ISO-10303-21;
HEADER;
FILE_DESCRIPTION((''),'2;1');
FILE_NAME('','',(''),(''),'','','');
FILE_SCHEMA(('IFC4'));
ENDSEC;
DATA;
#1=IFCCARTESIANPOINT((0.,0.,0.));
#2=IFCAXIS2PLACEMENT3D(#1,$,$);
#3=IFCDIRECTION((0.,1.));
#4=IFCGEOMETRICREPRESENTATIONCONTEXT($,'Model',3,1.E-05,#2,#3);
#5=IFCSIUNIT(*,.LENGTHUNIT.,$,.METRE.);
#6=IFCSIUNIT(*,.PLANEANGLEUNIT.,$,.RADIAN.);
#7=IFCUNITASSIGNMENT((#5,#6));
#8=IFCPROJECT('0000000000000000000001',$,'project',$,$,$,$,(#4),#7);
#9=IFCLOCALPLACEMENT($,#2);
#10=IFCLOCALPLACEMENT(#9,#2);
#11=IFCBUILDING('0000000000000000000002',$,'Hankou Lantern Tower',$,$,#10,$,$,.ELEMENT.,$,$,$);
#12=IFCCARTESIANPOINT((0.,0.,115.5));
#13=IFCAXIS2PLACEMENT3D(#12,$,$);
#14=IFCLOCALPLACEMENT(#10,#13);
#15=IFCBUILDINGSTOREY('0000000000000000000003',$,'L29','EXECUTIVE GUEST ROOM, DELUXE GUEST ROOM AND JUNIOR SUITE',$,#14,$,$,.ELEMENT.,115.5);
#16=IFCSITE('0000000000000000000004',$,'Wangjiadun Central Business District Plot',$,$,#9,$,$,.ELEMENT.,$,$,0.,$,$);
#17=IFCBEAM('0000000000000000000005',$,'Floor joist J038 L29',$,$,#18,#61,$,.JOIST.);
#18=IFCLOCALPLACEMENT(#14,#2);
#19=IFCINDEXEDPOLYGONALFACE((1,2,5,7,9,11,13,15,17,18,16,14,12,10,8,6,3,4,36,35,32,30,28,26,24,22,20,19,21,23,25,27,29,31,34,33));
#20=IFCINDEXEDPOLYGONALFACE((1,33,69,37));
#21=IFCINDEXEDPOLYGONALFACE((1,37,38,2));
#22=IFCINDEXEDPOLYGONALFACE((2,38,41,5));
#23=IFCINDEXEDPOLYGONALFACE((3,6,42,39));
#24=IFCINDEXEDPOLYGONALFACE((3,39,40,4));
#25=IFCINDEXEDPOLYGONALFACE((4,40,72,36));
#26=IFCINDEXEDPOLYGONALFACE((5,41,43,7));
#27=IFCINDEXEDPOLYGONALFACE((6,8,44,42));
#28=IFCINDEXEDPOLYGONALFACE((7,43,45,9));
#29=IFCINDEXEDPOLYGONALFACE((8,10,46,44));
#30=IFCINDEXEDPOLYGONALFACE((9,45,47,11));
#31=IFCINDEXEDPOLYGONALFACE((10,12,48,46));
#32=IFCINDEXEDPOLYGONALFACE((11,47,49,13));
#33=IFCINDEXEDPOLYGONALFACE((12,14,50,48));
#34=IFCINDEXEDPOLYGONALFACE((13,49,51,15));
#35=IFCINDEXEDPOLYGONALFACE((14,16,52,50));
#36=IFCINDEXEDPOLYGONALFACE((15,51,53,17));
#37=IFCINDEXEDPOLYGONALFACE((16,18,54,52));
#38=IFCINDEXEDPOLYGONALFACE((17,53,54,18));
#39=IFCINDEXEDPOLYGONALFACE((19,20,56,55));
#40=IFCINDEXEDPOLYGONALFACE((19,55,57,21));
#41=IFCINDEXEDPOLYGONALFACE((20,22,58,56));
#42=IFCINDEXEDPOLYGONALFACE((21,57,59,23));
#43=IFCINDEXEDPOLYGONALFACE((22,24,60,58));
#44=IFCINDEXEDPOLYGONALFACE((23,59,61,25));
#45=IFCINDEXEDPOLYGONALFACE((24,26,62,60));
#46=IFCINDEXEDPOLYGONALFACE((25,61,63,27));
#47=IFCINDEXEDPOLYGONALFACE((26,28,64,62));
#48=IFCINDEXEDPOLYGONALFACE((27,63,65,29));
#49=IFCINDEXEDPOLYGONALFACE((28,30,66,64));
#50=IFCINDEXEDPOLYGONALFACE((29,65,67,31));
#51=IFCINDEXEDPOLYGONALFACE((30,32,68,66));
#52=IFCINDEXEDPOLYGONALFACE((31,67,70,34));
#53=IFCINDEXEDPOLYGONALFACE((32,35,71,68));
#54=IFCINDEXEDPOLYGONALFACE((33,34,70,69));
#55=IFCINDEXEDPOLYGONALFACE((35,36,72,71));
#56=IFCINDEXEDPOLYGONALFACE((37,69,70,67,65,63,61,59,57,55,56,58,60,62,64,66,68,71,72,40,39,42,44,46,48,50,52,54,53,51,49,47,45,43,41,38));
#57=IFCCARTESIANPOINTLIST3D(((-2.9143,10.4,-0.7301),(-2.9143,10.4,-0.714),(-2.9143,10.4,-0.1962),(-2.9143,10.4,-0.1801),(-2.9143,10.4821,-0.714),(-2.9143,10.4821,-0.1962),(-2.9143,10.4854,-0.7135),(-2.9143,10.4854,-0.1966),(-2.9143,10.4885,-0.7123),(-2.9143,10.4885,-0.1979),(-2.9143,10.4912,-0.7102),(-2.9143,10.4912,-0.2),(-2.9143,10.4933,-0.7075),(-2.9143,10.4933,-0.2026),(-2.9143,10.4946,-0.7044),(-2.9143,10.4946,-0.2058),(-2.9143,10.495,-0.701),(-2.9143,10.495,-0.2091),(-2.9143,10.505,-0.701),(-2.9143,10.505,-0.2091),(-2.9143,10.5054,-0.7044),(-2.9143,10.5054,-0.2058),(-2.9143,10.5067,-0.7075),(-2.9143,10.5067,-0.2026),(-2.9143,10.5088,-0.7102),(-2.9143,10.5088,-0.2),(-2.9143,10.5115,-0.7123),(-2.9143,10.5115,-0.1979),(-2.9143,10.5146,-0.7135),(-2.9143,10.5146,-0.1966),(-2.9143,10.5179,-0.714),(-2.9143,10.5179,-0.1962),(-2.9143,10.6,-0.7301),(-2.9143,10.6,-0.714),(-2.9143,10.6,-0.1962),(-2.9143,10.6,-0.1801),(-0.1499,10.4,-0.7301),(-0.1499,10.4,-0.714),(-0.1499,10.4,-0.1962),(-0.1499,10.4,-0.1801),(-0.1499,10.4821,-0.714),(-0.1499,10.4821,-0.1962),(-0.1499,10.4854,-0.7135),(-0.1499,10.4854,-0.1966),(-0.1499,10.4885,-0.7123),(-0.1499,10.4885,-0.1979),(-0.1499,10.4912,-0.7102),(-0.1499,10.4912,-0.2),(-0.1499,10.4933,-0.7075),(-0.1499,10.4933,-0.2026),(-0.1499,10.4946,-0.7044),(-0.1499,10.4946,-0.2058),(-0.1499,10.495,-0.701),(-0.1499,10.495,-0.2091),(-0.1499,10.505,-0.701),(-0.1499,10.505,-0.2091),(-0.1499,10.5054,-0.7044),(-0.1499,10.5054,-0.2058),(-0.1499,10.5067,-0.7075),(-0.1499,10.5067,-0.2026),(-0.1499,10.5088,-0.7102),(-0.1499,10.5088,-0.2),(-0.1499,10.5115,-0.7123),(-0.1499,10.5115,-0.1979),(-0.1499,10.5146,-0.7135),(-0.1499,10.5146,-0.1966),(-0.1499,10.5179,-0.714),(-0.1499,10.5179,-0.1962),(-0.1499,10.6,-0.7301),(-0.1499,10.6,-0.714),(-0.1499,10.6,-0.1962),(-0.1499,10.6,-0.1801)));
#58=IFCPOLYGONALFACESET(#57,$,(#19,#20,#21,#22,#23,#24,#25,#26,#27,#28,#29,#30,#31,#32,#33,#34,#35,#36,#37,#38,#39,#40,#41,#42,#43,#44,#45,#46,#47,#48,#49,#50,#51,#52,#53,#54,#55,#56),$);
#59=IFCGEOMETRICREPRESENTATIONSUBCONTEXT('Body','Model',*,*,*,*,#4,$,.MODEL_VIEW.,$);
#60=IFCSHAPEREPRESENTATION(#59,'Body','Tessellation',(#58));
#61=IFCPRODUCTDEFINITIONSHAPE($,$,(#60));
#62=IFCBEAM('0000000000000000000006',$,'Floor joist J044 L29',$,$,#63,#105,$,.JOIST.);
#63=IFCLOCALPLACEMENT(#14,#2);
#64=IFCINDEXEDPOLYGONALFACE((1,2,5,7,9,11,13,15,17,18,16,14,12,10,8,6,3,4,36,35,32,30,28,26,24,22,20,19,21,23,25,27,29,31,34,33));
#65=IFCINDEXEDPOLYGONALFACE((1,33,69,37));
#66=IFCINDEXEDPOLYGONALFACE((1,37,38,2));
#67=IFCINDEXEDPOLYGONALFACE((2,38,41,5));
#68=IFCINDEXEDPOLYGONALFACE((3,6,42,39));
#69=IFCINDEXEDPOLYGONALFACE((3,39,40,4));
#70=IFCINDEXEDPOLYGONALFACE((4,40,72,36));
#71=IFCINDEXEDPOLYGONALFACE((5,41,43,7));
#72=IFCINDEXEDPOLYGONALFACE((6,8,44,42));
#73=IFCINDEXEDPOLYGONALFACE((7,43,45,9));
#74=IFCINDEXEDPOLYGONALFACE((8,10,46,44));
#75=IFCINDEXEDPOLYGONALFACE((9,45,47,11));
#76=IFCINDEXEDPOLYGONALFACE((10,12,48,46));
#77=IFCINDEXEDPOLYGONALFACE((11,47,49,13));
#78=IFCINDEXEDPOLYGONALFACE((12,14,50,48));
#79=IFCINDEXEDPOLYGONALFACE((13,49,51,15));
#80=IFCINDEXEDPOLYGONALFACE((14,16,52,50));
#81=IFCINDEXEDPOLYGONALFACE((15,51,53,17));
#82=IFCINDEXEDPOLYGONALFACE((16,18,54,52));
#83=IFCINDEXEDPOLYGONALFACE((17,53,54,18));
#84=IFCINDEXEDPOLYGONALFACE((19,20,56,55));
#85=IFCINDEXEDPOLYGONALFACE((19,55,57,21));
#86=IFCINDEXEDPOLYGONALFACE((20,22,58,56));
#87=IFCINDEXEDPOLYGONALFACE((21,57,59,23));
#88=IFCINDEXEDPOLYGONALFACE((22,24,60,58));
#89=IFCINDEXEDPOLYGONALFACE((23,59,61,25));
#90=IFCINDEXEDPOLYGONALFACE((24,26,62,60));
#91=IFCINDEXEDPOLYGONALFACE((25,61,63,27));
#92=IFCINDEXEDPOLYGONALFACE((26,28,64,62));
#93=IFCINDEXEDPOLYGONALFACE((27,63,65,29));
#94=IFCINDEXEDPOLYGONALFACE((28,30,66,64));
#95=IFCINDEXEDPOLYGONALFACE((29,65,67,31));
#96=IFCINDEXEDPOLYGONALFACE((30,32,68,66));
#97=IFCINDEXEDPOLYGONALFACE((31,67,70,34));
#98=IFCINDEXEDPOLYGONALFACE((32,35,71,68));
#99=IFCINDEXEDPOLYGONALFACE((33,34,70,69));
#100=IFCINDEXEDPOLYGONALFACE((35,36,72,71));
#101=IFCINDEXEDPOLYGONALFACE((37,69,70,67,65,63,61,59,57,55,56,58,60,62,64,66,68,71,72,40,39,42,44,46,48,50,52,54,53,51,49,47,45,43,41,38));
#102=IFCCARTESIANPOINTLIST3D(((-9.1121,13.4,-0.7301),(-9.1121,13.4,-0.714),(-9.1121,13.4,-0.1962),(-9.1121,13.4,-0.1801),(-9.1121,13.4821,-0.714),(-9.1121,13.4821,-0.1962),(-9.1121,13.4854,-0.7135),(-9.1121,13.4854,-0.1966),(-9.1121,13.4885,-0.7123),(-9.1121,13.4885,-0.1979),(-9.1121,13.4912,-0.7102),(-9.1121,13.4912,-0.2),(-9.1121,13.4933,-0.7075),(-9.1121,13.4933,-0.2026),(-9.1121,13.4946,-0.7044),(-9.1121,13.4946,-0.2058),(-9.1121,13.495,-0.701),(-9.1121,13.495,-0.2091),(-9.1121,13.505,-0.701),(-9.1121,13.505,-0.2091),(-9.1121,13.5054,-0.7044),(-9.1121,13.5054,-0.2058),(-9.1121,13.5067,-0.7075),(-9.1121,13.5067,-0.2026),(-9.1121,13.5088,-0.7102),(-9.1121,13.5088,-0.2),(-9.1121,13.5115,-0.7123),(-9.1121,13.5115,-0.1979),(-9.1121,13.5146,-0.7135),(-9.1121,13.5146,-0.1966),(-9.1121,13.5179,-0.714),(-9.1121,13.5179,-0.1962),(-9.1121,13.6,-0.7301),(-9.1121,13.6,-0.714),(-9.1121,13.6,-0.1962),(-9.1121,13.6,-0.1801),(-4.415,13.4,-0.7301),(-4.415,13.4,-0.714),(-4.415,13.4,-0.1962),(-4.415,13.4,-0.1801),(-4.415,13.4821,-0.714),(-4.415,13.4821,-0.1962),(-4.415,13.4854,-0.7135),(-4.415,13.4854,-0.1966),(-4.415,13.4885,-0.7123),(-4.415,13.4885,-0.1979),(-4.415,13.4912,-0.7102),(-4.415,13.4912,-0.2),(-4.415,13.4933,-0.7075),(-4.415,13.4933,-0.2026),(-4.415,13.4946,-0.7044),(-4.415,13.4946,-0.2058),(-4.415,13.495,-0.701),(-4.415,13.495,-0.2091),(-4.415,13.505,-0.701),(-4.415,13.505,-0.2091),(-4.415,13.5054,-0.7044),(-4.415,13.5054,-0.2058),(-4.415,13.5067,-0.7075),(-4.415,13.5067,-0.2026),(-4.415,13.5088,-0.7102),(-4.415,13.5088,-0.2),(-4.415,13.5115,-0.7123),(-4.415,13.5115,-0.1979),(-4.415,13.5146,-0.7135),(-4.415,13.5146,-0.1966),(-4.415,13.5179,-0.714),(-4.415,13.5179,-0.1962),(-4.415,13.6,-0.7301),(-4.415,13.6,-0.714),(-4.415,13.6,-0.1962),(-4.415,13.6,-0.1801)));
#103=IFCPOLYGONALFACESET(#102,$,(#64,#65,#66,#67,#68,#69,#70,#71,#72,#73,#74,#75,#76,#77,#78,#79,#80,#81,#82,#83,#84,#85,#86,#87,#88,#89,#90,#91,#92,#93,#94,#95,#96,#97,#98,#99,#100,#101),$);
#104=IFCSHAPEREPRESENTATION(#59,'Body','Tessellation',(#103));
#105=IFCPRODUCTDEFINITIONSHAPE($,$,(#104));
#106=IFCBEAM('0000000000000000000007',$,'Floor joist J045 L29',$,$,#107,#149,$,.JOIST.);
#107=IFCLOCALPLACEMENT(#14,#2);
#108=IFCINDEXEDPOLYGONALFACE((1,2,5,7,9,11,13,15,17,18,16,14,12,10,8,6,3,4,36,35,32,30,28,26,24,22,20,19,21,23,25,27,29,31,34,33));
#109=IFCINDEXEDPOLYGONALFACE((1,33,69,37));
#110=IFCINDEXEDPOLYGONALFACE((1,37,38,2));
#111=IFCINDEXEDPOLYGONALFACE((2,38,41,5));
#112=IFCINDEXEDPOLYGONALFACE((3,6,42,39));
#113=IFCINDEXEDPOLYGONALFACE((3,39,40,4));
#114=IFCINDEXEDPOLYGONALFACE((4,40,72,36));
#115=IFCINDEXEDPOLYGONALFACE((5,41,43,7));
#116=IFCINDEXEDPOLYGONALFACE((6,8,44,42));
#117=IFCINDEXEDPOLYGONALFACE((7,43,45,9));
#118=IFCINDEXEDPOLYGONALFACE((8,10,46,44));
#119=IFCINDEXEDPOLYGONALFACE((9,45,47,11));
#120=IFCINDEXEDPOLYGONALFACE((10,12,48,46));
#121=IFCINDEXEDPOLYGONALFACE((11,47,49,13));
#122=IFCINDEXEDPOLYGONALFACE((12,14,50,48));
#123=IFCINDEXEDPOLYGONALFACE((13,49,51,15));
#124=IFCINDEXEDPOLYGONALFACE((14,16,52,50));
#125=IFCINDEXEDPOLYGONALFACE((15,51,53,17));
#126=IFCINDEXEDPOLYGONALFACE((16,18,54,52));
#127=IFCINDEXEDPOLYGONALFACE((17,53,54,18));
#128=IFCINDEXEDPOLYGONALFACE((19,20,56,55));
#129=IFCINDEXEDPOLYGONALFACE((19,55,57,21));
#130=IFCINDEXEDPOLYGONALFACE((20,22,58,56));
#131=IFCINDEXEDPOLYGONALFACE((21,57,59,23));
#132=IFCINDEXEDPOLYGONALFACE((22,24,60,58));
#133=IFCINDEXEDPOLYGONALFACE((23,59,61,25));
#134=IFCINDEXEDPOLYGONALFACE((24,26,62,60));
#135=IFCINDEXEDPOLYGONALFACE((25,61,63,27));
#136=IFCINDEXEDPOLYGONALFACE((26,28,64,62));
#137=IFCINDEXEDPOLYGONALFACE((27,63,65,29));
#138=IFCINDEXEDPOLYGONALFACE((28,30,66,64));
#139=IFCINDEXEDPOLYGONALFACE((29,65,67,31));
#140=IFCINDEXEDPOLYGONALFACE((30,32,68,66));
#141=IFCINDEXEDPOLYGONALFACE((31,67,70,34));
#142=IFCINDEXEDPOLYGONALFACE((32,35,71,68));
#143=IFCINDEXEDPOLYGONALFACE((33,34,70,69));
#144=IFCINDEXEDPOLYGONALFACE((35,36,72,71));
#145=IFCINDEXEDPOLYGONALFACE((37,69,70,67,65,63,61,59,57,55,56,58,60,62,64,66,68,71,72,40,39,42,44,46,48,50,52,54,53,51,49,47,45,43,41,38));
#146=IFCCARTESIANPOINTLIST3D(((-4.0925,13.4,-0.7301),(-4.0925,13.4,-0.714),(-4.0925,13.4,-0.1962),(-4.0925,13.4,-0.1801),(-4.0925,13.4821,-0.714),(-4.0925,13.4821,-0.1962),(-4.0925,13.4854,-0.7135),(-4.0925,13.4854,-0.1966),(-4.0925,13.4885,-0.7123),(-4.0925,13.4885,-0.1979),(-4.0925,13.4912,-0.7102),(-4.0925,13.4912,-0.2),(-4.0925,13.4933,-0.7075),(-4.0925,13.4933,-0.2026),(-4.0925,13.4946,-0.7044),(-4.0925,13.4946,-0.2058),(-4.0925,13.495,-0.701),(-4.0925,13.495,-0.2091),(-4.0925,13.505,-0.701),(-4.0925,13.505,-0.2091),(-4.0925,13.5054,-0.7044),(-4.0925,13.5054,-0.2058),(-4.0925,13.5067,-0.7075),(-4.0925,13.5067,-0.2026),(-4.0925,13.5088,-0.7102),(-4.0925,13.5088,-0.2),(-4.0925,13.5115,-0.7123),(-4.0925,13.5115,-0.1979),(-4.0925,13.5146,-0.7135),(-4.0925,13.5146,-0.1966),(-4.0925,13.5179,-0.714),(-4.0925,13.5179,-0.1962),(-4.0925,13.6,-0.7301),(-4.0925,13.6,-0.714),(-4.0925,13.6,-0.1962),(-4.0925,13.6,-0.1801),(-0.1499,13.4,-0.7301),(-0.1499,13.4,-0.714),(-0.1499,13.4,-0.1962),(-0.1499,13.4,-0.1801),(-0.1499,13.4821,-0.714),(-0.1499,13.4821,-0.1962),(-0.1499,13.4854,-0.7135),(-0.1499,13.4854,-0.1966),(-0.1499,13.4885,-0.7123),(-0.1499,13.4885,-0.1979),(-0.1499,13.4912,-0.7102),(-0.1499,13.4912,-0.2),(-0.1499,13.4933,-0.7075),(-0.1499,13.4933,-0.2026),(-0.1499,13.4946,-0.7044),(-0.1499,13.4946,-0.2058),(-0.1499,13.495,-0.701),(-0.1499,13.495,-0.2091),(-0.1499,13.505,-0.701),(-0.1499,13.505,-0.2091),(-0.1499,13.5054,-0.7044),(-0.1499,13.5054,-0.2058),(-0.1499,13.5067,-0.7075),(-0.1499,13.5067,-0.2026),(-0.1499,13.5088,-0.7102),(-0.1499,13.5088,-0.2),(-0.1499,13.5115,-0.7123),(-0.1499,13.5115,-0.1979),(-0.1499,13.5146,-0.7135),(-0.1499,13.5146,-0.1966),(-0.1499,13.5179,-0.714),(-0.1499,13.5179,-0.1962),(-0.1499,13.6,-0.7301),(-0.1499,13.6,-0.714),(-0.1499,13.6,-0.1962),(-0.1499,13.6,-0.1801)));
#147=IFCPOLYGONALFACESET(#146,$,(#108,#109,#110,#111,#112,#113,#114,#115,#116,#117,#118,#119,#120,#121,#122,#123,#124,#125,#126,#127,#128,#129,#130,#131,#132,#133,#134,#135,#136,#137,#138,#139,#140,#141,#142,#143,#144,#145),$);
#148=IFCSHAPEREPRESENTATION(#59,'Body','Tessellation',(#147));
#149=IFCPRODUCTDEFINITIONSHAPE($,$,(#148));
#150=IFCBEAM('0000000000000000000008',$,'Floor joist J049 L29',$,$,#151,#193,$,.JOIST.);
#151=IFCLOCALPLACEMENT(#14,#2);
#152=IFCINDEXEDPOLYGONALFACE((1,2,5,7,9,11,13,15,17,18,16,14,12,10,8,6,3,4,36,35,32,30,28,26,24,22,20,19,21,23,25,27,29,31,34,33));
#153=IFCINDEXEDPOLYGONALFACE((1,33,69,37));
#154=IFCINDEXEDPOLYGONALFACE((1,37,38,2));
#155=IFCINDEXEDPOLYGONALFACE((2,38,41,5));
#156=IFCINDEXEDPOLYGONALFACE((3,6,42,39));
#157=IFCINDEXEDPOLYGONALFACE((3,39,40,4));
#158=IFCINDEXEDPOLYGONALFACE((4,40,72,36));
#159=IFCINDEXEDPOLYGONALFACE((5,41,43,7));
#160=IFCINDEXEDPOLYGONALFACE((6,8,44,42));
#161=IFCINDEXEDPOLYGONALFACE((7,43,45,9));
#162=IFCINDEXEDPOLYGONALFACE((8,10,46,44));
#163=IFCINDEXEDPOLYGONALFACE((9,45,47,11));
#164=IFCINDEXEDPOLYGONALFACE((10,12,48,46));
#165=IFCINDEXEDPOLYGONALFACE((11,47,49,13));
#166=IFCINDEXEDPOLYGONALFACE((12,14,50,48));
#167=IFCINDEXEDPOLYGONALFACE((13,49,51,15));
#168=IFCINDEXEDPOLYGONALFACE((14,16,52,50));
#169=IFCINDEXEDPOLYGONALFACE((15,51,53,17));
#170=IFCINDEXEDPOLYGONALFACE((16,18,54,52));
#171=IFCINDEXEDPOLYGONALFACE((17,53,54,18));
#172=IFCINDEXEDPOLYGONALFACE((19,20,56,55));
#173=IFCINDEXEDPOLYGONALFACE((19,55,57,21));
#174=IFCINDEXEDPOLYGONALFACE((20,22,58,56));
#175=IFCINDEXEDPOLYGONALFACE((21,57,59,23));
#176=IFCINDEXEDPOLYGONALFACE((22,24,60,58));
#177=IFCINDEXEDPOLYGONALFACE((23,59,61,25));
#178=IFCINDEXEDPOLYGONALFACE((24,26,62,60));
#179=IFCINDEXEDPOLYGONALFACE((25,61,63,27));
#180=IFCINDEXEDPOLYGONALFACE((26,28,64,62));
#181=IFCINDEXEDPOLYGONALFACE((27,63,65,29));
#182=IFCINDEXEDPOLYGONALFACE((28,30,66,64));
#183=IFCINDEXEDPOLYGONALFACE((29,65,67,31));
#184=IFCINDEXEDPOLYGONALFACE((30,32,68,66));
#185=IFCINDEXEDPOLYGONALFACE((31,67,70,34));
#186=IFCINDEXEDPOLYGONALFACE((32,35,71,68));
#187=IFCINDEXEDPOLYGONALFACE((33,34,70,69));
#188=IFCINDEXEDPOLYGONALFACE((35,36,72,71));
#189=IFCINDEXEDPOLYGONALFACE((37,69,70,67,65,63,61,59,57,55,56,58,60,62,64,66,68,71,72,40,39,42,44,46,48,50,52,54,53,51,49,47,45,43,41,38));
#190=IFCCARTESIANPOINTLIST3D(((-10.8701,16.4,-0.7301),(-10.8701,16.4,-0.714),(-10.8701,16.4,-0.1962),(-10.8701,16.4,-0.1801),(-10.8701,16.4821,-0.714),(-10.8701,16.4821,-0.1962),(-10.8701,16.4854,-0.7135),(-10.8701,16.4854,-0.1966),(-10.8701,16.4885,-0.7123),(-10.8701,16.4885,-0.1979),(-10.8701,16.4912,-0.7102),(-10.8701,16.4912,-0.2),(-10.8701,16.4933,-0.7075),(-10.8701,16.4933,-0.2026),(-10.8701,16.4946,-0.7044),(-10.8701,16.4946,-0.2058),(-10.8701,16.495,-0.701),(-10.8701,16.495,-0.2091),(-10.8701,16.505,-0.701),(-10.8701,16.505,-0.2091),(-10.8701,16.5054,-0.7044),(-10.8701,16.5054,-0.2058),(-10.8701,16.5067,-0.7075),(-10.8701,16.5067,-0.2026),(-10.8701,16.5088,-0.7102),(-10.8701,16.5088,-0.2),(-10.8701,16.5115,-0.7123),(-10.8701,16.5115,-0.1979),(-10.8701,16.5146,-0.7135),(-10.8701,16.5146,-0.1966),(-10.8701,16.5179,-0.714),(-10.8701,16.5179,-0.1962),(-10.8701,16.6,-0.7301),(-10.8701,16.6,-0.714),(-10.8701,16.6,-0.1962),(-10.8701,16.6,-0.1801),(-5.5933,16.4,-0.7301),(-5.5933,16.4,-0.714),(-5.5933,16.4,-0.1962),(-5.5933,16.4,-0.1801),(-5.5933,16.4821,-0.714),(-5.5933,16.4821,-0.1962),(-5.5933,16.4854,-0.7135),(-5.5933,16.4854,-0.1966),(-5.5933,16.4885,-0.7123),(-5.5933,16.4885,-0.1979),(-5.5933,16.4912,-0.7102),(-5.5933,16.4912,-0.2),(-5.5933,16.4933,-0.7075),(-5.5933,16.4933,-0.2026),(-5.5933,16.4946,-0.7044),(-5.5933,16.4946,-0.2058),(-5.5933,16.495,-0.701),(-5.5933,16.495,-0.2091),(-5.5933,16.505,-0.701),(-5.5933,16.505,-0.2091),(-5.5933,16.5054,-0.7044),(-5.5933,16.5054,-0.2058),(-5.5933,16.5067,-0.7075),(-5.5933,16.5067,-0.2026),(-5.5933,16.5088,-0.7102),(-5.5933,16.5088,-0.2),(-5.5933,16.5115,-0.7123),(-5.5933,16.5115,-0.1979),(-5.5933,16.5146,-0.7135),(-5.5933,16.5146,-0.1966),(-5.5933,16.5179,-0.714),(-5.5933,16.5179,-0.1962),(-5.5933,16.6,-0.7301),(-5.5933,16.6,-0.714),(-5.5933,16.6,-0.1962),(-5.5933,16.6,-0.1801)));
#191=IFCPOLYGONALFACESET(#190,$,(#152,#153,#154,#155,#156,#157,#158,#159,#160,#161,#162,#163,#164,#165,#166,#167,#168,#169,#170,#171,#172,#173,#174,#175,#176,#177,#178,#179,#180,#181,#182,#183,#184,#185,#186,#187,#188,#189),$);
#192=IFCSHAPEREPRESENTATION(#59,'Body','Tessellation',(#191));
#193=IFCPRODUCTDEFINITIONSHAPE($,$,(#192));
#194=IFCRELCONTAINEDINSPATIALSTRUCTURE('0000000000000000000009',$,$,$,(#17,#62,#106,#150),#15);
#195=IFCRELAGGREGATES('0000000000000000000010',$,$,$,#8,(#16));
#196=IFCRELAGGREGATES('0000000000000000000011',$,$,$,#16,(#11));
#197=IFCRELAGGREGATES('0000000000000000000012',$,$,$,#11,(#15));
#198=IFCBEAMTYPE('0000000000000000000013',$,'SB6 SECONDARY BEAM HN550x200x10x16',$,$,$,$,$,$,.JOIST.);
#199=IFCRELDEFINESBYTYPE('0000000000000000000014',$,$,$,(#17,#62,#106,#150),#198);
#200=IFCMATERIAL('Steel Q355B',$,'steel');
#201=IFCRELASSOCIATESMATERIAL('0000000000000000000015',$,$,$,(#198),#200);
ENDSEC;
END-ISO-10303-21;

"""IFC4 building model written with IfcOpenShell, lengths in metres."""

from ifc_helpers import new_model, si_unit, direction, frame, origin, origin_2d, place, context, subcontext, project, spatial, i_section, extrude, material, material_profile, profile_set, type_object, element, save


model = new_model("IFC4")

# Units and contexts
model_context = context("Model", 3, precision=1e-05, world=origin(), true_north=direction((0.0, 1.0)))
body_context = subcontext(model_context, "Body", "Model", "MODEL_VIEW")
ifc_project = project(units=[si_unit("LENGTHUNIT", "METRE"), si_unit("PLANEANGLEUNIT", "RADIAN")], contexts=[model_context])

# Site, building, storey
site_placement = place(None, origin())
site = spatial("IfcSite", under=ifc_project, at=site_placement, Name="Wangjiadun Central Business District Plot", CompositionType="ELEMENT", RefElevation=0.0)
building_placement = place(site_placement, origin())
building = spatial("IfcBuilding", under=site, at=building_placement, Name="Hankou Lantern Tower", CompositionType="ELEMENT")
storey_placement = place(building_placement, frame((0.0, 0.0, 115.5)))
storey = spatial("IfcBuildingStorey", under=building, at=storey_placement, Name="L29", Description="EXECUTIVE GUEST ROOM, DELUXE GUEST ROOM AND JUNIOR SUITE", CompositionType="ELEMENT", Elevation=115.5)

# Beams
ifc_material_1 = material(Name="Steel Q355B", Category="steel")
ifc_material_profile_1 = material_profile(ifc_material_1, i_section(OverallWidth=0.2, OverallDepth=0.55, WebThickness=0.01, FlangeThickness=0.0161, FilletRadius=0.0129, at=origin_2d()), Name="HN550x200x10x16")
ifc_profile_set_1 = profile_set([ifc_material_profile_1], Name="Steel Q355B")
beam_type_1 = type_object("IfcBeamType", Name="SB6 SECONDARY BEAM HN550x200x10x16", PredefinedType="JOIST", material=ifc_profile_set_1)
beam_1_placement = place(storey_placement, frame((-2.9143, 10.5, -0.4551), z_axis=(1.0, 0.0, 0.0), x_axis=(0.0, 1.0, 0.0)))
element("IfcBeam", 1, at=beam_1_placement, inside=storey, type_object=beam_type_1, Name="Floor joist J038 L29", PredefinedType="JOIST", context=body_context, shape_type="SweptSolid", body=[
    extrude(i_section(OverallWidth=0.2, OverallDepth=0.55, WebThickness=0.01, FlangeThickness=0.0161, FilletRadius=0.0129, at=origin_2d()), origin(), (0.0, 0.0, 1.0), 2.7644),
])
beam_2_placement = place(storey_placement, frame((-9.1121, 13.5, -0.4551), z_axis=(1.0, 0.0, 0.0), x_axis=(0.0, 1.0, 0.0)))
element("IfcBeam", 2, at=beam_2_placement, inside=storey, type_object=beam_type_1, Name="Floor joist J044 L29", PredefinedType="JOIST", context=body_context, shape_type="SweptSolid", body=[
    extrude(i_section(OverallWidth=0.2, OverallDepth=0.55, WebThickness=0.01, FlangeThickness=0.0161, FilletRadius=0.0129, at=origin_2d()), origin(), (0.0, 0.0, 1.0), 4.697),
])
beam_3_placement = place(storey_placement, frame((-4.0925, 13.5, -0.4551), z_axis=(1.0, 0.0, 0.0), x_axis=(0.0, 1.0, 0.0)))
element("IfcBeam", 3, at=beam_3_placement, inside=storey, type_object=beam_type_1, Name="Floor joist J045 L29", PredefinedType="JOIST", context=body_context, shape_type="SweptSolid", body=[
    extrude(i_section(OverallWidth=0.2, OverallDepth=0.55, WebThickness=0.01, FlangeThickness=0.0161, FilletRadius=0.0129, at=origin_2d()), origin(), (0.0, 0.0, 1.0), 3.9426),
])
beam_4_placement = place(storey_placement, frame((-10.8701, 16.5, -0.4551), z_axis=(1.0, 0.0, 0.0), x_axis=(0.0, 1.0, 0.0)))
element("IfcBeam", 4, at=beam_4_placement, inside=storey, type_object=beam_type_1, Name="Floor joist J049 L29", PredefinedType="JOIST", context=body_context, shape_type="SweptSolid", body=[
    extrude(i_section(OverallWidth=0.2, OverallDepth=0.55, WebThickness=0.01, FlangeThickness=0.0161, FilletRadius=0.0129, at=origin_2d()), origin(), (0.0, 0.0, 1.0), 5.2769),
])

save(model, "model.ifc")
